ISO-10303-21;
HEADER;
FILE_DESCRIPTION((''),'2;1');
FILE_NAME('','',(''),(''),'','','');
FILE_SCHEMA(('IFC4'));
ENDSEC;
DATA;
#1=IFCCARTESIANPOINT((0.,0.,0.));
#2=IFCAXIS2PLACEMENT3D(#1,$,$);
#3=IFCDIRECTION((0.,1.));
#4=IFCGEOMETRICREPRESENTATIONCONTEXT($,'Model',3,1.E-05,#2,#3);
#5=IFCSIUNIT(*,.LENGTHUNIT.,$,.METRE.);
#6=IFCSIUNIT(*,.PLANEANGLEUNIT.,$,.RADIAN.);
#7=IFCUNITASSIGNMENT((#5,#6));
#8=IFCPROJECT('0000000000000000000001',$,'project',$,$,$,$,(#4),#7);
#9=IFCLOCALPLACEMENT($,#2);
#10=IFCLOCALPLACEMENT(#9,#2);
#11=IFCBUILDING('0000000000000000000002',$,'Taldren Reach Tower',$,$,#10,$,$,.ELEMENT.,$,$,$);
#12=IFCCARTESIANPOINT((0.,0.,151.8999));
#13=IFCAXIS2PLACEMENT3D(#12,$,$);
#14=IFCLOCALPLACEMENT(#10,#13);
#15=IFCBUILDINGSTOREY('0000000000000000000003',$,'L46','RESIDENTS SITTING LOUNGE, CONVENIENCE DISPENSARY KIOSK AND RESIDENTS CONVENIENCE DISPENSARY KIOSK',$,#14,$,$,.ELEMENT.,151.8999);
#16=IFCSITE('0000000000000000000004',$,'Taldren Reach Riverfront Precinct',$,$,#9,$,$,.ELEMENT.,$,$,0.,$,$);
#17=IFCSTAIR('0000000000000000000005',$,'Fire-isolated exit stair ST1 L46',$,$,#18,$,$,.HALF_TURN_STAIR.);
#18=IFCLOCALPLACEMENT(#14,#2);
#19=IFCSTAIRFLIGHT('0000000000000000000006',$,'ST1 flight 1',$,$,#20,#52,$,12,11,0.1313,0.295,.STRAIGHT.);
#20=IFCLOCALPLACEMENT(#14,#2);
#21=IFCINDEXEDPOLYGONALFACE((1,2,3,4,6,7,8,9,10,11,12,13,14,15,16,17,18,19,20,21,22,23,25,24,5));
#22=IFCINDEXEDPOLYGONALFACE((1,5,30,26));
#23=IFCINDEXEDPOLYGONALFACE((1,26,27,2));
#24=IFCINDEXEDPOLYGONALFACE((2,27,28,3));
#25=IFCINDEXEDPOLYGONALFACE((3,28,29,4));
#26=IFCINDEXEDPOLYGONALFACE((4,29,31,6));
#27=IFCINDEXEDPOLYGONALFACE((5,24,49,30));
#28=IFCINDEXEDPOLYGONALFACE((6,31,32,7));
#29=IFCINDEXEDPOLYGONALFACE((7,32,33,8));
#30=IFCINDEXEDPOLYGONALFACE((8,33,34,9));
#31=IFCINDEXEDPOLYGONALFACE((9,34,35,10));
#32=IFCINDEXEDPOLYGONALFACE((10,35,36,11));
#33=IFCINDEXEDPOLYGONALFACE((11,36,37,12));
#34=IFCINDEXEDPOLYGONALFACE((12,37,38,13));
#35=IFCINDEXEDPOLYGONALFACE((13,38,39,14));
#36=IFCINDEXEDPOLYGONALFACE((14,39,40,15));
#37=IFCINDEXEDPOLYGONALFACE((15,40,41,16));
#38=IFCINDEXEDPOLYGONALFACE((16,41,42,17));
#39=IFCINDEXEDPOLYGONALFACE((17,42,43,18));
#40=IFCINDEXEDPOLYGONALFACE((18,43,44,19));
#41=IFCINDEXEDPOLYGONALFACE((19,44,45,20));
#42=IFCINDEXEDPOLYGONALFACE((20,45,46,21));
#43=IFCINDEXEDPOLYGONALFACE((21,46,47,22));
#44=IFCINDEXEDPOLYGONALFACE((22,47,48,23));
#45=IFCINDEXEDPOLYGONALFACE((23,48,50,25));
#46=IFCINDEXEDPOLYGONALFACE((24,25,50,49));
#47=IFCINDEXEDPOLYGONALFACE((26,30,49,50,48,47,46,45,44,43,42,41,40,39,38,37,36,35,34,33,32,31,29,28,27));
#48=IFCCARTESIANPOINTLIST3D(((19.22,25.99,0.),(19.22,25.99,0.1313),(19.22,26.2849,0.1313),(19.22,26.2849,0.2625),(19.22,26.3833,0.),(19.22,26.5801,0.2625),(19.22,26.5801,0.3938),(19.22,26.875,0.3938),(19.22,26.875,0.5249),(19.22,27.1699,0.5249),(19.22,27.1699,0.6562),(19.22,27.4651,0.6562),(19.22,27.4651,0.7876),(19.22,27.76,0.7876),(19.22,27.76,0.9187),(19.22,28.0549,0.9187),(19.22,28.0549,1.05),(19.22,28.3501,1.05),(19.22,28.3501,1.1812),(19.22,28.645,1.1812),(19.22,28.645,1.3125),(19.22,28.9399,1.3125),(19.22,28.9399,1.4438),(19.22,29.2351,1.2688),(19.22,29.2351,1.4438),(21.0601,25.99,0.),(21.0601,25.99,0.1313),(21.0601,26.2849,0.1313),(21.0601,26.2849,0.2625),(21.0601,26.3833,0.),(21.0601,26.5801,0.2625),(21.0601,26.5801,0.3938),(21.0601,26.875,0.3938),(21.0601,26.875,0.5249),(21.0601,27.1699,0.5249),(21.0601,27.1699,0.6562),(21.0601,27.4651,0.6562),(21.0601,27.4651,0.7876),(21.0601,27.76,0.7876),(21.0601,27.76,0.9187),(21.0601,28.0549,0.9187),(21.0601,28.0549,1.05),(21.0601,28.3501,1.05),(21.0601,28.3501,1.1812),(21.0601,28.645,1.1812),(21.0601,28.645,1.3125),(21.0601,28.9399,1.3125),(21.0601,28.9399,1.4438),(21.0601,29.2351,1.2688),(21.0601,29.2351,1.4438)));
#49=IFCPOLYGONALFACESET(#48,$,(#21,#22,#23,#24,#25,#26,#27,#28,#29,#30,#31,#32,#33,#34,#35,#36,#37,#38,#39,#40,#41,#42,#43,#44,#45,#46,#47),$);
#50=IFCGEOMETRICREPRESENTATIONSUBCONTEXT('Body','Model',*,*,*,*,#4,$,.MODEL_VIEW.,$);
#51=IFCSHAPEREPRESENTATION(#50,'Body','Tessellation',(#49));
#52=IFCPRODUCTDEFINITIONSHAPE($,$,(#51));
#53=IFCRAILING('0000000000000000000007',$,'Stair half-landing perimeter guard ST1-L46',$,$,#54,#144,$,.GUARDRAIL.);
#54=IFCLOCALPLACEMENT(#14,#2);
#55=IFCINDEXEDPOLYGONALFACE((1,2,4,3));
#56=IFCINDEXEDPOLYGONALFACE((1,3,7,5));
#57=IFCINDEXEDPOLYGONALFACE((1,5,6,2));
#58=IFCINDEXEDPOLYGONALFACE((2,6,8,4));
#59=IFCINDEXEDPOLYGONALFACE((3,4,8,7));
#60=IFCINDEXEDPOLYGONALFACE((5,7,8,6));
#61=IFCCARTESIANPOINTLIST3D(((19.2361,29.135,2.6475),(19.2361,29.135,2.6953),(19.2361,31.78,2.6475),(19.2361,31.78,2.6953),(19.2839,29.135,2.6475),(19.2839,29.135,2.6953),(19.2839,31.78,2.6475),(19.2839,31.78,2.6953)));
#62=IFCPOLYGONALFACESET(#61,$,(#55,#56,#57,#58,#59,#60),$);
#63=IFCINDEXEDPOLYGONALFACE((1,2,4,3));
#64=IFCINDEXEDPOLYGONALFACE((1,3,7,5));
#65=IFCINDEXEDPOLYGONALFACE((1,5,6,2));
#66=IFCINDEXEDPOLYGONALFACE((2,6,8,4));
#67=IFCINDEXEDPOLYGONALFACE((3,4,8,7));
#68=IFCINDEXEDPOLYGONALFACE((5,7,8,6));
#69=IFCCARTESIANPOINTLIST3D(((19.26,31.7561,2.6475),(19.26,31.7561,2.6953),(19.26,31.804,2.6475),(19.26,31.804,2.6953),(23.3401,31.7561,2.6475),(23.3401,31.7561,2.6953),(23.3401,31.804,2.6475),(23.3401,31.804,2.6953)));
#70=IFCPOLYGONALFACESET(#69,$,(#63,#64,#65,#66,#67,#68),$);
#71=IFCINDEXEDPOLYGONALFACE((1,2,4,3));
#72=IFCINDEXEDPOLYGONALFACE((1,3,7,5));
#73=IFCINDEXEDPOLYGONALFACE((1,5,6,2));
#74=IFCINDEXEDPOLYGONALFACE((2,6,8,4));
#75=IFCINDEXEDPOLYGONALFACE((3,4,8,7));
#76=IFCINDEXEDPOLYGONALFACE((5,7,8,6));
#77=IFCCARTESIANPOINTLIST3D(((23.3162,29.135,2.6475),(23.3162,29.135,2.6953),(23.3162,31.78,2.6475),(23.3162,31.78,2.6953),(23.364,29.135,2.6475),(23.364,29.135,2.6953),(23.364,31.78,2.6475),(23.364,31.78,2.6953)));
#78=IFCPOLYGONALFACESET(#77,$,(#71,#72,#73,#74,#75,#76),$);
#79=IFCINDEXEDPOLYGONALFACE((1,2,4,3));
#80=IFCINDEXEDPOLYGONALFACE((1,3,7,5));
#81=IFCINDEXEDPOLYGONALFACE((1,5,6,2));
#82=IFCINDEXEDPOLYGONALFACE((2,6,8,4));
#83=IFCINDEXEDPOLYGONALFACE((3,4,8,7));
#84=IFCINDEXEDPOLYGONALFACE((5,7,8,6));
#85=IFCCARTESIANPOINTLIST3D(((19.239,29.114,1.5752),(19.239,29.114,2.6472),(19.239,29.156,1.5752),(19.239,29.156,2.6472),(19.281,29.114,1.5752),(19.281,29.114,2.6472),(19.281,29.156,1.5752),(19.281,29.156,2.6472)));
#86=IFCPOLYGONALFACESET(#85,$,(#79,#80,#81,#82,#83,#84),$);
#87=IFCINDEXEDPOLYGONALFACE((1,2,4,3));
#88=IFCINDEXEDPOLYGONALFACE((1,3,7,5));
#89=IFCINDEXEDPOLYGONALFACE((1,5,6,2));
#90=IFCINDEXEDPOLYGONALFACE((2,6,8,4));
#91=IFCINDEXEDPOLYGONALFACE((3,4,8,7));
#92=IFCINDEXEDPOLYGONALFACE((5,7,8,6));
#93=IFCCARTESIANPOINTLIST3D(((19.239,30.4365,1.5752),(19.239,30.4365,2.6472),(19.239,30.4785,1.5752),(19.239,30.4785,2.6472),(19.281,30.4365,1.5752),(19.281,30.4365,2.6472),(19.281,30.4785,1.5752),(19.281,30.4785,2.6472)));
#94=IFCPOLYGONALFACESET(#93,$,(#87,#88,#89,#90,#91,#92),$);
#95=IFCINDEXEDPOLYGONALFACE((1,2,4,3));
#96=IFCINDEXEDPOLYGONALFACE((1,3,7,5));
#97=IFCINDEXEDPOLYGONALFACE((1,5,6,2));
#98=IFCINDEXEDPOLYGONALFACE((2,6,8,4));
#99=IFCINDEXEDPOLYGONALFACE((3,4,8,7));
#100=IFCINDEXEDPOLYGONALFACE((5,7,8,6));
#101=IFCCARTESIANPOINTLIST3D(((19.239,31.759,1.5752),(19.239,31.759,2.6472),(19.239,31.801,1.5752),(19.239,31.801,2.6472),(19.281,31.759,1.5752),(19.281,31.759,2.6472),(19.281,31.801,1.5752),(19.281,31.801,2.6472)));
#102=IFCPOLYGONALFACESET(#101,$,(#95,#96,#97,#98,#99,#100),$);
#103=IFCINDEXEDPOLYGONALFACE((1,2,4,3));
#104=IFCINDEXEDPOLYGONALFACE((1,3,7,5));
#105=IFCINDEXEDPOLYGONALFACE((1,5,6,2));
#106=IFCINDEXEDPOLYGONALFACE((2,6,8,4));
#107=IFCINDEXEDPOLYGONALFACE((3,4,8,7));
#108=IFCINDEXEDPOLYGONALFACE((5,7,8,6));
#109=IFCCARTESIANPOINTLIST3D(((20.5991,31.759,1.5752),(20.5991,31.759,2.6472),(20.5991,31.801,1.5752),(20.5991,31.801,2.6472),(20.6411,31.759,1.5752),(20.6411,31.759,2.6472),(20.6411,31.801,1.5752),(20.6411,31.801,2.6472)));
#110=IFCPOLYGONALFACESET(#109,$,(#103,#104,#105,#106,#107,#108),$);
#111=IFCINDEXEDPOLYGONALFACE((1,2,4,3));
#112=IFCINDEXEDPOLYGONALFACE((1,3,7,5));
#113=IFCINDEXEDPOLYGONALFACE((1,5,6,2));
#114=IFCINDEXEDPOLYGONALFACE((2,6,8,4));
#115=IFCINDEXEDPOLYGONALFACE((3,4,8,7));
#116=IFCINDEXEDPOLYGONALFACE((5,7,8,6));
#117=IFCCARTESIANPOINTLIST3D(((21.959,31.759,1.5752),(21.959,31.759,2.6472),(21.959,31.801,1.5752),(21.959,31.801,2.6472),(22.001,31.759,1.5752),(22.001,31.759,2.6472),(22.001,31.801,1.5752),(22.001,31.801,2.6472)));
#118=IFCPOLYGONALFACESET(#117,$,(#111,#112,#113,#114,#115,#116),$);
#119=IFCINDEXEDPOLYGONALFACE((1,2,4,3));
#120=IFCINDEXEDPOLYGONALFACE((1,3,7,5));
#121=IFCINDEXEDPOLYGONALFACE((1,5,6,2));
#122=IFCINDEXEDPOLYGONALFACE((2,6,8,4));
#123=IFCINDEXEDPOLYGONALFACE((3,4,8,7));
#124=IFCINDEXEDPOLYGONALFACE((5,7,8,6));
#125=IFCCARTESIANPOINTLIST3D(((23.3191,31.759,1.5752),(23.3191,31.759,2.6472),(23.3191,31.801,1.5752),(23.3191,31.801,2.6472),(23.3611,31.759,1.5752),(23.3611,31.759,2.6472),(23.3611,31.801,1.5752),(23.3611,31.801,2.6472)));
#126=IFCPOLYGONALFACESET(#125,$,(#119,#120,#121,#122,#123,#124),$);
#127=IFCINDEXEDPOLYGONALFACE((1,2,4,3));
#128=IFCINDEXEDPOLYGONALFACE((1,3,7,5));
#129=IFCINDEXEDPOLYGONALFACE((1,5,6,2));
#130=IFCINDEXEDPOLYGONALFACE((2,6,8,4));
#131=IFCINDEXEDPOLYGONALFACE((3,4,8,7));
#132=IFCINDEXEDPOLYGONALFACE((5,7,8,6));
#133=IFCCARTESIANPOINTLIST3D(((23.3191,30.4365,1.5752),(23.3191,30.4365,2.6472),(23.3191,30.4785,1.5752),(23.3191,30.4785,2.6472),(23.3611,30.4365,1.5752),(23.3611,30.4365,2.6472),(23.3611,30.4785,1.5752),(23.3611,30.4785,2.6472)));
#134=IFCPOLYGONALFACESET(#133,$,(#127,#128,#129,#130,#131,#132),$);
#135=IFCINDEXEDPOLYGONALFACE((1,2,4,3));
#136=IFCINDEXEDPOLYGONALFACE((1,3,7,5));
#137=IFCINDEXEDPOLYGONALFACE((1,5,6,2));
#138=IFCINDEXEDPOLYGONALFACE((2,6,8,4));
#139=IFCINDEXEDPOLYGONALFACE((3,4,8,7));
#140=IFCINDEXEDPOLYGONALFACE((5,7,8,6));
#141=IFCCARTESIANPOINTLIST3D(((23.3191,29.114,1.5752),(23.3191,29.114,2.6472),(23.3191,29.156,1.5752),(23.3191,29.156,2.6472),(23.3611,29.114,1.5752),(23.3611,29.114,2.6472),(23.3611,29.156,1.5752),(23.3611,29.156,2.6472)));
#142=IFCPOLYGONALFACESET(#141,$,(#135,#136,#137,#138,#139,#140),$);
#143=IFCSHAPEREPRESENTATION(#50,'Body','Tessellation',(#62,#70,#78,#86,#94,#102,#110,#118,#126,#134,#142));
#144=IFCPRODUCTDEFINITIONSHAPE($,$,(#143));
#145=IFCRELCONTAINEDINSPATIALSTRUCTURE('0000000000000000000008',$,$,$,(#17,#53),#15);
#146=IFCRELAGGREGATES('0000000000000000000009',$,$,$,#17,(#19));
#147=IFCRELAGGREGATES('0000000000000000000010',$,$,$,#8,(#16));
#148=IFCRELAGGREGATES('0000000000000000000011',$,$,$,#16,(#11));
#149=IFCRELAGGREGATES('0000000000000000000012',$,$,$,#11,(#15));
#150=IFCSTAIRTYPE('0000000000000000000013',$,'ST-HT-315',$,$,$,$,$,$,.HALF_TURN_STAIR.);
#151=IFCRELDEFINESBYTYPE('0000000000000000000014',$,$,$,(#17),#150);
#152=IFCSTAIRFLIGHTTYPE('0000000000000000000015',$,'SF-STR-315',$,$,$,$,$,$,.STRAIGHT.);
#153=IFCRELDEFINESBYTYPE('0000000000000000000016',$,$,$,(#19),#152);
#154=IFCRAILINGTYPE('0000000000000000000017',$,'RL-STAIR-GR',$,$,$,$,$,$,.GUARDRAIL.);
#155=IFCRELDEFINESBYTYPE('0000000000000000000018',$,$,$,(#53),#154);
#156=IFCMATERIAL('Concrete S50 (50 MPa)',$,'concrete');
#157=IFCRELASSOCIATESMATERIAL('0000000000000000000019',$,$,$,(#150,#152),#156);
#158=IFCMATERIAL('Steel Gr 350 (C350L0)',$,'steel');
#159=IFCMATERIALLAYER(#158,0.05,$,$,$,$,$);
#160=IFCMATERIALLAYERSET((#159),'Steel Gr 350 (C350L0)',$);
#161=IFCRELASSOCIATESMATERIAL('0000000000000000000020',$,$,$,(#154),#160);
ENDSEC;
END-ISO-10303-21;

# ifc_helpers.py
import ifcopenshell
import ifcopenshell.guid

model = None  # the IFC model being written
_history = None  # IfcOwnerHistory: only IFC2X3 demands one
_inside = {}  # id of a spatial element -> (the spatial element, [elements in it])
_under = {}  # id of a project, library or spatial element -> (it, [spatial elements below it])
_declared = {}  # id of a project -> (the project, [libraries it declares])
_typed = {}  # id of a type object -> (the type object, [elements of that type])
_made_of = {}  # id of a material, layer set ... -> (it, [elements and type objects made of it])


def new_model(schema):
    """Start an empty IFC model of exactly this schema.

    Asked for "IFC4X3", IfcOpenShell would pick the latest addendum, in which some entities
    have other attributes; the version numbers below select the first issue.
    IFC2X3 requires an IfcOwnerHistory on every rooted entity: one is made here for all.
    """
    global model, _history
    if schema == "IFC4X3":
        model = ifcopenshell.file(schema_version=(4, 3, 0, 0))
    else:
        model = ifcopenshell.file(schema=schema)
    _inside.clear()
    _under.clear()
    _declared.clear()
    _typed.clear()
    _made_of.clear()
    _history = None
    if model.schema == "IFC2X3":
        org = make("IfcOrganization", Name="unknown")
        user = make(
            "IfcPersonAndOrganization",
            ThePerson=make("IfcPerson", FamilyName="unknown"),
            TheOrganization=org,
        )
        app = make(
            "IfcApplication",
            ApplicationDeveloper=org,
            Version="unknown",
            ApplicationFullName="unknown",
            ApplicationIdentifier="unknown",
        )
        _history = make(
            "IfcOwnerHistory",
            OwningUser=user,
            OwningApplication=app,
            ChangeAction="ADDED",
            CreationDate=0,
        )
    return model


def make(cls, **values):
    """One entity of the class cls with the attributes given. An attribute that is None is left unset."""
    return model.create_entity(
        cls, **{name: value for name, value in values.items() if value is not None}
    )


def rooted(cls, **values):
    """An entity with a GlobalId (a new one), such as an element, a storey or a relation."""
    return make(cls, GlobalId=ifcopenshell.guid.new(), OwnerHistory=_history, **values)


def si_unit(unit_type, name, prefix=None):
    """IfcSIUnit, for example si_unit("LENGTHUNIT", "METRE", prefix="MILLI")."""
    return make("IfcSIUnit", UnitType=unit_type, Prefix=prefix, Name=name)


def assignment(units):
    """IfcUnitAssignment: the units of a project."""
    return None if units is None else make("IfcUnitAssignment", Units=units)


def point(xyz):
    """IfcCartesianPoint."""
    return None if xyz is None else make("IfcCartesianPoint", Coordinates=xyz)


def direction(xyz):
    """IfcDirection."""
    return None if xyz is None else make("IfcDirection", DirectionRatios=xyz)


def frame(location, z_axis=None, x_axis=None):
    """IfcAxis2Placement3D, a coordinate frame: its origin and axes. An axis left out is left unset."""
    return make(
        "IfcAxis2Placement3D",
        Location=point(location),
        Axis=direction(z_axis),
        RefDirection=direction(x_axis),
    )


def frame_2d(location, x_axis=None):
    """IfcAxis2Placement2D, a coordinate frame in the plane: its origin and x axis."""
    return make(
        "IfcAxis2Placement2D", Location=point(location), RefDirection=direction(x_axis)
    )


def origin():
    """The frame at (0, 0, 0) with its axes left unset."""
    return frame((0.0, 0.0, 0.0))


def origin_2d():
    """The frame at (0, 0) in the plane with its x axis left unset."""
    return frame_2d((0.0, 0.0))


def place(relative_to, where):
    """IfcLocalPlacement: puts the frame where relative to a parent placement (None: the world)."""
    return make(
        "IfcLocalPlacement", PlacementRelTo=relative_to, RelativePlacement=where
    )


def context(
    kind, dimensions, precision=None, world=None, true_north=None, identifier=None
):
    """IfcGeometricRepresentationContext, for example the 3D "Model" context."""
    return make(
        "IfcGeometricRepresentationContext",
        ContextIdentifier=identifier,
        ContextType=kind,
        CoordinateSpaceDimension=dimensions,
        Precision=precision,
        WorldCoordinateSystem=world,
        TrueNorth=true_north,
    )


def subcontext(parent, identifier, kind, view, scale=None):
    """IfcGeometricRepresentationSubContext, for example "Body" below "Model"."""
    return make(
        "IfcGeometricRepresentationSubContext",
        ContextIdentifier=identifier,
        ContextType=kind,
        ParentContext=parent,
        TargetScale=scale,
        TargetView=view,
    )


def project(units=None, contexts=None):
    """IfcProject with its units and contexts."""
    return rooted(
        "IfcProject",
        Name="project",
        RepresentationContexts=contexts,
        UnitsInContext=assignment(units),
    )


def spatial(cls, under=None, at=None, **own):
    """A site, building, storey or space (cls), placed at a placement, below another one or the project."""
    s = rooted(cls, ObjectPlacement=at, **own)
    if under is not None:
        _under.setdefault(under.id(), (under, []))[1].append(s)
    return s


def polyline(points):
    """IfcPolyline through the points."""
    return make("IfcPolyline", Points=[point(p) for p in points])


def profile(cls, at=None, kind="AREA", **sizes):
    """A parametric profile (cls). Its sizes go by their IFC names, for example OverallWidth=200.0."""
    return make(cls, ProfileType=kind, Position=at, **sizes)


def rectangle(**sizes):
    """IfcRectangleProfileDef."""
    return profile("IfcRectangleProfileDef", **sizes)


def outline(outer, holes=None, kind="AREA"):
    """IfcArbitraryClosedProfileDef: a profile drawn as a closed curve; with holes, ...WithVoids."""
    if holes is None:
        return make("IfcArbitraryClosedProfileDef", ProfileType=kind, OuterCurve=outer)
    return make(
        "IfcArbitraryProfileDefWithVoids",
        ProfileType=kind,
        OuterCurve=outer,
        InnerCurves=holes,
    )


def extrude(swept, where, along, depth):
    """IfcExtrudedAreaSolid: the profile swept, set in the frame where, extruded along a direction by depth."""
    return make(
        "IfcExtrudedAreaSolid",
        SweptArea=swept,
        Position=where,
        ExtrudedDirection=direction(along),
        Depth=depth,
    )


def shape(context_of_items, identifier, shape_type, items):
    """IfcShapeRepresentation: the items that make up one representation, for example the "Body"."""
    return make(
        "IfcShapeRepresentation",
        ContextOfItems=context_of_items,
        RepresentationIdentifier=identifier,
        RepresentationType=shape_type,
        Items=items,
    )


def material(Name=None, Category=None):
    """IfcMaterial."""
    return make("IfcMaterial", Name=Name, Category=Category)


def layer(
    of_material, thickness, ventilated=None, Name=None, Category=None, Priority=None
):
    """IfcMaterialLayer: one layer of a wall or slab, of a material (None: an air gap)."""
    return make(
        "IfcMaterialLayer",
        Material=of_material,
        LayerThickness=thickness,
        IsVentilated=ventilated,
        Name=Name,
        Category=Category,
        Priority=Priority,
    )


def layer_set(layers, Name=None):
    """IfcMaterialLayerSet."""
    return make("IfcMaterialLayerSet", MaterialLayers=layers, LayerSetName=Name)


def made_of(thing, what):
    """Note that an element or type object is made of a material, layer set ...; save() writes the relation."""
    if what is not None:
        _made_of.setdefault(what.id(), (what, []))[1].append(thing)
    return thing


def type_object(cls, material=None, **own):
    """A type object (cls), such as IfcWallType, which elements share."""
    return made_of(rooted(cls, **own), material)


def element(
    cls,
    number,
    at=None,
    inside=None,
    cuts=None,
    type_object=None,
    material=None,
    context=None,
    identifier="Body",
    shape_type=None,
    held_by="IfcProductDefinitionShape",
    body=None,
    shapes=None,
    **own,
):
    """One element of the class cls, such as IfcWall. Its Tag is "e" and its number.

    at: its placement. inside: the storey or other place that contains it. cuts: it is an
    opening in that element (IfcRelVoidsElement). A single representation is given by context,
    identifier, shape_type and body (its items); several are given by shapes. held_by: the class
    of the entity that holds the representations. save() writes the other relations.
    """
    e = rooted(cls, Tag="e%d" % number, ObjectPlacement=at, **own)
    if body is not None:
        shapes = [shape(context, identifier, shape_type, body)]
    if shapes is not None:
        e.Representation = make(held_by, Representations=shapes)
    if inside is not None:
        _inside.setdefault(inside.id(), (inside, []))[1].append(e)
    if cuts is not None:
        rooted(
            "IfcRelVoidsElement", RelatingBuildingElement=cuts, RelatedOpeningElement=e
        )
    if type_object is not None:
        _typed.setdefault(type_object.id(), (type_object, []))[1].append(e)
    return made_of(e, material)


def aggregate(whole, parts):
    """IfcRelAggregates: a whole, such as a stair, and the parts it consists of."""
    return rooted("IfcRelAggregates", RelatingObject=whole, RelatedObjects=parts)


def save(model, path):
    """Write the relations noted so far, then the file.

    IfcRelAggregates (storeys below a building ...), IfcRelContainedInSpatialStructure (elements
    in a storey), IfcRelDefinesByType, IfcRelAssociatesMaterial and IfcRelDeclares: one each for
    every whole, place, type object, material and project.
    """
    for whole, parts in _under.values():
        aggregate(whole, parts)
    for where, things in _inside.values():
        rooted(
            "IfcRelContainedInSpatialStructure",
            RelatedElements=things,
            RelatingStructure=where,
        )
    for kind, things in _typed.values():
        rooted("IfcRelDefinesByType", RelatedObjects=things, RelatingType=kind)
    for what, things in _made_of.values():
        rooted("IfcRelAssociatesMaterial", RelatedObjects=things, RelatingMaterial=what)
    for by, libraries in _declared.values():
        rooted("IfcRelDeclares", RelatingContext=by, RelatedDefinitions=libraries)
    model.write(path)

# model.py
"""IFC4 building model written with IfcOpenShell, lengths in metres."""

from ifc_helpers import new_model, si_unit, direction, frame, origin, origin_2d, place, context, subcontext, project, spatial, polyline, rectangle, outline, extrude, material, layer, layer_set, type_object, element, aggregate, save


model = new_model("IFC4")

# Units and contexts
model_context = context("Model", 3, precision=1e-05, world=origin(), true_north=direction((0.0, 1.0)))
body_context = subcontext(model_context, "Body", "Model", "MODEL_VIEW")
ifc_project = project(units=[si_unit("LENGTHUNIT", "METRE"), si_unit("PLANEANGLEUNIT", "RADIAN")], contexts=[model_context])

# Site, building, storey
site_placement = place(None, origin())
site = spatial("IfcSite", under=ifc_project, at=site_placement, Name="Taldren Reach Riverfront Precinct", CompositionType="ELEMENT", RefElevation=0.0)
building_placement = place(site_placement, origin())
building = spatial("IfcBuilding", under=site, at=building_placement, Name="Taldren Reach Tower", CompositionType="ELEMENT")
storey_placement = place(building_placement, frame((0.0, 0.0, 151.8999)))
storey = spatial("IfcBuildingStorey", under=building, at=storey_placement, Name="L46", Description="RESIDENTS SITTING LOUNGE, CONVENIENCE DISPENSARY KIOSK AND RESIDENTS CONVENIENCE DISPENSARY KIOSK", CompositionType="ELEMENT", Elevation=151.8999)

# Shared definitions
ifc_material_1 = material(Name="Steel Gr 350 (C350L0)", Category="steel")

# Stair, stair flight
ifc_material_2 = material(Name="Concrete S50 (50 MPa)", Category="concrete")
stair_type = type_object("IfcStairType", Name="ST-HT-315", PredefinedType="HALF_TURN_STAIR", material=ifc_material_2)
stair_placement = place(storey_placement, origin())
stair = element("IfcStair", 1, at=stair_placement, inside=storey, type_object=stair_type, Name="Fire-isolated exit stair ST1 L46", PredefinedType="HALF_TURN_STAIR")
stair_flight_type = type_object("IfcStairFlightType", Name="SF-STR-315", PredefinedType="STRAIGHT", material=ifc_material_2)
stair_flight_placement = place(storey_placement, frame((20.1399, 25.99, 0.0), z_axis=(0.0, 0.0, 1.0), x_axis=(0.0, 1.0, 0.0)))
stair_flight = element("IfcStairFlight", 2, at=stair_flight_placement, type_object=stair_flight_type, Name="ST1 flight 1", NumberOfRisers=12, NumberOfTreads=11, PredefinedType="STRAIGHT", RiserHeight=0.1313, TreadLength=0.295, context=body_context, shape_type="SweptSolid", body=[
    extrude(outline(polyline([(0.0, 0.0), (0.0, 0.1313), (0.2949, 0.1313), (0.2949, 0.2625), (0.5901, 0.2625), (0.5901, 0.3938), (0.885, 0.3938), (0.885, 0.5249), (1.1799, 0.5249), (1.1799, 0.6562), (1.4751, 0.6562), (1.4751, 0.7876), (1.77, 0.7876), (1.77, 0.9187), (2.0649, 0.9187), (2.0649, 1.05), (2.3601, 1.05), (2.3601, 1.1812), (2.655, 1.1812), (2.655, 1.3125), (2.95, 1.3125), (2.95, 1.4438), (3.2451, 1.4438), (3.2451, 1.575), (3.2451, 1.2688), (0.3933, 0.0), (0.0, 0.0)])), frame((0.0, 0.9199, 0.0), z_axis=(0.0, -1.0, 0.0), x_axis=(1.0, 0.0, 0.0)), (0.0, 0.0, 1.0), 1.8401),
])
aggregate(stair, [stair_flight])

# Railing
ifc_layer_1 = layer(ifc_material_1, 0.05)
ifc_layer_set_1 = layer_set([ifc_layer_1], Name="Steel Gr 350 (C350L0)")
railing_type_1 = type_object("IfcRailingType", Name="RL-STAIR-GR", PredefinedType="GUARDRAIL", material=ifc_layer_set_1)
railing_1_placement = place(storey_placement, frame((19.26, 29.135, 1.5752)))
element("IfcRailing", 3, at=railing_1_placement, inside=storey, type_object=railing_type_1, Name="Stair half-landing perimeter guard ST1-L46", PredefinedType="GUARDRAIL", context=body_context, shape_type="SweptSolid", body=[
    extrude(rectangle(XDim=0.0479, YDim=0.0479, at=origin_2d()), frame((0.0, 0.0, 1.0962), z_axis=(0.0, 1.0, 0.0), x_axis=(-1.0, 0.0, 0.0)), (0.0, 0.0, 1.0), 2.645),
    extrude(rectangle(XDim=0.0479, YDim=0.0479, at=origin_2d()), frame((0.0, 2.645, 1.0962), z_axis=(1.0, 0.0, 0.0), x_axis=(0.0, 1.0, 0.0)), (0.0, 0.0, 1.0), 4.0801),
    extrude(rectangle(XDim=0.0479, YDim=0.0479, at=origin_2d()), frame((4.0801, 2.645, 1.0962), z_axis=(0.0, -1.0, 0.0), x_axis=(1.0, 0.0, 0.0)), (0.0, 0.0, 1.0), 2.645),
    extrude(rectangle(XDim=0.042, YDim=0.042, at=origin_2d()), origin(), (0.0, 0.0, 1.0), 1.072),
    extrude(rectangle(XDim=0.042, YDim=0.042, at=origin_2d()), frame((0.0, 1.3225, 0.0)), (0.0, 0.0, 1.0), 1.072),
    extrude(rectangle(XDim=0.042, YDim=0.042, at=origin_2d()), frame((0.0, 2.645, 0.0)), (0.0, 0.0, 1.0), 1.072),
    extrude(rectangle(XDim=0.042, YDim=0.042, at=origin_2d()), frame((1.3601, 2.645, 0.0)), (0.0, 0.0, 1.0), 1.072),
    extrude(rectangle(XDim=0.042, YDim=0.042, at=origin_2d()), frame((2.72, 2.645, 0.0)), (0.0, 0.0, 1.0), 1.072),
    extrude(rectangle(XDim=0.042, YDim=0.042, at=origin_2d()), frame((4.0801, 2.645, 0.0)), (0.0, 0.0, 1.0), 1.072),
    extrude(rectangle(XDim=0.042, YDim=0.042, at=origin_2d()), frame((4.0801, 1.3225, 0.0)), (0.0, 0.0, 1.0), 1.072),
    extrude(rectangle(XDim=0.042, YDim=0.042, at=origin_2d()), frame((4.0801, 0.0, 0.0)), (0.0, 0.0, 1.0), 1.072),
])

save(model, "model.ifc")
